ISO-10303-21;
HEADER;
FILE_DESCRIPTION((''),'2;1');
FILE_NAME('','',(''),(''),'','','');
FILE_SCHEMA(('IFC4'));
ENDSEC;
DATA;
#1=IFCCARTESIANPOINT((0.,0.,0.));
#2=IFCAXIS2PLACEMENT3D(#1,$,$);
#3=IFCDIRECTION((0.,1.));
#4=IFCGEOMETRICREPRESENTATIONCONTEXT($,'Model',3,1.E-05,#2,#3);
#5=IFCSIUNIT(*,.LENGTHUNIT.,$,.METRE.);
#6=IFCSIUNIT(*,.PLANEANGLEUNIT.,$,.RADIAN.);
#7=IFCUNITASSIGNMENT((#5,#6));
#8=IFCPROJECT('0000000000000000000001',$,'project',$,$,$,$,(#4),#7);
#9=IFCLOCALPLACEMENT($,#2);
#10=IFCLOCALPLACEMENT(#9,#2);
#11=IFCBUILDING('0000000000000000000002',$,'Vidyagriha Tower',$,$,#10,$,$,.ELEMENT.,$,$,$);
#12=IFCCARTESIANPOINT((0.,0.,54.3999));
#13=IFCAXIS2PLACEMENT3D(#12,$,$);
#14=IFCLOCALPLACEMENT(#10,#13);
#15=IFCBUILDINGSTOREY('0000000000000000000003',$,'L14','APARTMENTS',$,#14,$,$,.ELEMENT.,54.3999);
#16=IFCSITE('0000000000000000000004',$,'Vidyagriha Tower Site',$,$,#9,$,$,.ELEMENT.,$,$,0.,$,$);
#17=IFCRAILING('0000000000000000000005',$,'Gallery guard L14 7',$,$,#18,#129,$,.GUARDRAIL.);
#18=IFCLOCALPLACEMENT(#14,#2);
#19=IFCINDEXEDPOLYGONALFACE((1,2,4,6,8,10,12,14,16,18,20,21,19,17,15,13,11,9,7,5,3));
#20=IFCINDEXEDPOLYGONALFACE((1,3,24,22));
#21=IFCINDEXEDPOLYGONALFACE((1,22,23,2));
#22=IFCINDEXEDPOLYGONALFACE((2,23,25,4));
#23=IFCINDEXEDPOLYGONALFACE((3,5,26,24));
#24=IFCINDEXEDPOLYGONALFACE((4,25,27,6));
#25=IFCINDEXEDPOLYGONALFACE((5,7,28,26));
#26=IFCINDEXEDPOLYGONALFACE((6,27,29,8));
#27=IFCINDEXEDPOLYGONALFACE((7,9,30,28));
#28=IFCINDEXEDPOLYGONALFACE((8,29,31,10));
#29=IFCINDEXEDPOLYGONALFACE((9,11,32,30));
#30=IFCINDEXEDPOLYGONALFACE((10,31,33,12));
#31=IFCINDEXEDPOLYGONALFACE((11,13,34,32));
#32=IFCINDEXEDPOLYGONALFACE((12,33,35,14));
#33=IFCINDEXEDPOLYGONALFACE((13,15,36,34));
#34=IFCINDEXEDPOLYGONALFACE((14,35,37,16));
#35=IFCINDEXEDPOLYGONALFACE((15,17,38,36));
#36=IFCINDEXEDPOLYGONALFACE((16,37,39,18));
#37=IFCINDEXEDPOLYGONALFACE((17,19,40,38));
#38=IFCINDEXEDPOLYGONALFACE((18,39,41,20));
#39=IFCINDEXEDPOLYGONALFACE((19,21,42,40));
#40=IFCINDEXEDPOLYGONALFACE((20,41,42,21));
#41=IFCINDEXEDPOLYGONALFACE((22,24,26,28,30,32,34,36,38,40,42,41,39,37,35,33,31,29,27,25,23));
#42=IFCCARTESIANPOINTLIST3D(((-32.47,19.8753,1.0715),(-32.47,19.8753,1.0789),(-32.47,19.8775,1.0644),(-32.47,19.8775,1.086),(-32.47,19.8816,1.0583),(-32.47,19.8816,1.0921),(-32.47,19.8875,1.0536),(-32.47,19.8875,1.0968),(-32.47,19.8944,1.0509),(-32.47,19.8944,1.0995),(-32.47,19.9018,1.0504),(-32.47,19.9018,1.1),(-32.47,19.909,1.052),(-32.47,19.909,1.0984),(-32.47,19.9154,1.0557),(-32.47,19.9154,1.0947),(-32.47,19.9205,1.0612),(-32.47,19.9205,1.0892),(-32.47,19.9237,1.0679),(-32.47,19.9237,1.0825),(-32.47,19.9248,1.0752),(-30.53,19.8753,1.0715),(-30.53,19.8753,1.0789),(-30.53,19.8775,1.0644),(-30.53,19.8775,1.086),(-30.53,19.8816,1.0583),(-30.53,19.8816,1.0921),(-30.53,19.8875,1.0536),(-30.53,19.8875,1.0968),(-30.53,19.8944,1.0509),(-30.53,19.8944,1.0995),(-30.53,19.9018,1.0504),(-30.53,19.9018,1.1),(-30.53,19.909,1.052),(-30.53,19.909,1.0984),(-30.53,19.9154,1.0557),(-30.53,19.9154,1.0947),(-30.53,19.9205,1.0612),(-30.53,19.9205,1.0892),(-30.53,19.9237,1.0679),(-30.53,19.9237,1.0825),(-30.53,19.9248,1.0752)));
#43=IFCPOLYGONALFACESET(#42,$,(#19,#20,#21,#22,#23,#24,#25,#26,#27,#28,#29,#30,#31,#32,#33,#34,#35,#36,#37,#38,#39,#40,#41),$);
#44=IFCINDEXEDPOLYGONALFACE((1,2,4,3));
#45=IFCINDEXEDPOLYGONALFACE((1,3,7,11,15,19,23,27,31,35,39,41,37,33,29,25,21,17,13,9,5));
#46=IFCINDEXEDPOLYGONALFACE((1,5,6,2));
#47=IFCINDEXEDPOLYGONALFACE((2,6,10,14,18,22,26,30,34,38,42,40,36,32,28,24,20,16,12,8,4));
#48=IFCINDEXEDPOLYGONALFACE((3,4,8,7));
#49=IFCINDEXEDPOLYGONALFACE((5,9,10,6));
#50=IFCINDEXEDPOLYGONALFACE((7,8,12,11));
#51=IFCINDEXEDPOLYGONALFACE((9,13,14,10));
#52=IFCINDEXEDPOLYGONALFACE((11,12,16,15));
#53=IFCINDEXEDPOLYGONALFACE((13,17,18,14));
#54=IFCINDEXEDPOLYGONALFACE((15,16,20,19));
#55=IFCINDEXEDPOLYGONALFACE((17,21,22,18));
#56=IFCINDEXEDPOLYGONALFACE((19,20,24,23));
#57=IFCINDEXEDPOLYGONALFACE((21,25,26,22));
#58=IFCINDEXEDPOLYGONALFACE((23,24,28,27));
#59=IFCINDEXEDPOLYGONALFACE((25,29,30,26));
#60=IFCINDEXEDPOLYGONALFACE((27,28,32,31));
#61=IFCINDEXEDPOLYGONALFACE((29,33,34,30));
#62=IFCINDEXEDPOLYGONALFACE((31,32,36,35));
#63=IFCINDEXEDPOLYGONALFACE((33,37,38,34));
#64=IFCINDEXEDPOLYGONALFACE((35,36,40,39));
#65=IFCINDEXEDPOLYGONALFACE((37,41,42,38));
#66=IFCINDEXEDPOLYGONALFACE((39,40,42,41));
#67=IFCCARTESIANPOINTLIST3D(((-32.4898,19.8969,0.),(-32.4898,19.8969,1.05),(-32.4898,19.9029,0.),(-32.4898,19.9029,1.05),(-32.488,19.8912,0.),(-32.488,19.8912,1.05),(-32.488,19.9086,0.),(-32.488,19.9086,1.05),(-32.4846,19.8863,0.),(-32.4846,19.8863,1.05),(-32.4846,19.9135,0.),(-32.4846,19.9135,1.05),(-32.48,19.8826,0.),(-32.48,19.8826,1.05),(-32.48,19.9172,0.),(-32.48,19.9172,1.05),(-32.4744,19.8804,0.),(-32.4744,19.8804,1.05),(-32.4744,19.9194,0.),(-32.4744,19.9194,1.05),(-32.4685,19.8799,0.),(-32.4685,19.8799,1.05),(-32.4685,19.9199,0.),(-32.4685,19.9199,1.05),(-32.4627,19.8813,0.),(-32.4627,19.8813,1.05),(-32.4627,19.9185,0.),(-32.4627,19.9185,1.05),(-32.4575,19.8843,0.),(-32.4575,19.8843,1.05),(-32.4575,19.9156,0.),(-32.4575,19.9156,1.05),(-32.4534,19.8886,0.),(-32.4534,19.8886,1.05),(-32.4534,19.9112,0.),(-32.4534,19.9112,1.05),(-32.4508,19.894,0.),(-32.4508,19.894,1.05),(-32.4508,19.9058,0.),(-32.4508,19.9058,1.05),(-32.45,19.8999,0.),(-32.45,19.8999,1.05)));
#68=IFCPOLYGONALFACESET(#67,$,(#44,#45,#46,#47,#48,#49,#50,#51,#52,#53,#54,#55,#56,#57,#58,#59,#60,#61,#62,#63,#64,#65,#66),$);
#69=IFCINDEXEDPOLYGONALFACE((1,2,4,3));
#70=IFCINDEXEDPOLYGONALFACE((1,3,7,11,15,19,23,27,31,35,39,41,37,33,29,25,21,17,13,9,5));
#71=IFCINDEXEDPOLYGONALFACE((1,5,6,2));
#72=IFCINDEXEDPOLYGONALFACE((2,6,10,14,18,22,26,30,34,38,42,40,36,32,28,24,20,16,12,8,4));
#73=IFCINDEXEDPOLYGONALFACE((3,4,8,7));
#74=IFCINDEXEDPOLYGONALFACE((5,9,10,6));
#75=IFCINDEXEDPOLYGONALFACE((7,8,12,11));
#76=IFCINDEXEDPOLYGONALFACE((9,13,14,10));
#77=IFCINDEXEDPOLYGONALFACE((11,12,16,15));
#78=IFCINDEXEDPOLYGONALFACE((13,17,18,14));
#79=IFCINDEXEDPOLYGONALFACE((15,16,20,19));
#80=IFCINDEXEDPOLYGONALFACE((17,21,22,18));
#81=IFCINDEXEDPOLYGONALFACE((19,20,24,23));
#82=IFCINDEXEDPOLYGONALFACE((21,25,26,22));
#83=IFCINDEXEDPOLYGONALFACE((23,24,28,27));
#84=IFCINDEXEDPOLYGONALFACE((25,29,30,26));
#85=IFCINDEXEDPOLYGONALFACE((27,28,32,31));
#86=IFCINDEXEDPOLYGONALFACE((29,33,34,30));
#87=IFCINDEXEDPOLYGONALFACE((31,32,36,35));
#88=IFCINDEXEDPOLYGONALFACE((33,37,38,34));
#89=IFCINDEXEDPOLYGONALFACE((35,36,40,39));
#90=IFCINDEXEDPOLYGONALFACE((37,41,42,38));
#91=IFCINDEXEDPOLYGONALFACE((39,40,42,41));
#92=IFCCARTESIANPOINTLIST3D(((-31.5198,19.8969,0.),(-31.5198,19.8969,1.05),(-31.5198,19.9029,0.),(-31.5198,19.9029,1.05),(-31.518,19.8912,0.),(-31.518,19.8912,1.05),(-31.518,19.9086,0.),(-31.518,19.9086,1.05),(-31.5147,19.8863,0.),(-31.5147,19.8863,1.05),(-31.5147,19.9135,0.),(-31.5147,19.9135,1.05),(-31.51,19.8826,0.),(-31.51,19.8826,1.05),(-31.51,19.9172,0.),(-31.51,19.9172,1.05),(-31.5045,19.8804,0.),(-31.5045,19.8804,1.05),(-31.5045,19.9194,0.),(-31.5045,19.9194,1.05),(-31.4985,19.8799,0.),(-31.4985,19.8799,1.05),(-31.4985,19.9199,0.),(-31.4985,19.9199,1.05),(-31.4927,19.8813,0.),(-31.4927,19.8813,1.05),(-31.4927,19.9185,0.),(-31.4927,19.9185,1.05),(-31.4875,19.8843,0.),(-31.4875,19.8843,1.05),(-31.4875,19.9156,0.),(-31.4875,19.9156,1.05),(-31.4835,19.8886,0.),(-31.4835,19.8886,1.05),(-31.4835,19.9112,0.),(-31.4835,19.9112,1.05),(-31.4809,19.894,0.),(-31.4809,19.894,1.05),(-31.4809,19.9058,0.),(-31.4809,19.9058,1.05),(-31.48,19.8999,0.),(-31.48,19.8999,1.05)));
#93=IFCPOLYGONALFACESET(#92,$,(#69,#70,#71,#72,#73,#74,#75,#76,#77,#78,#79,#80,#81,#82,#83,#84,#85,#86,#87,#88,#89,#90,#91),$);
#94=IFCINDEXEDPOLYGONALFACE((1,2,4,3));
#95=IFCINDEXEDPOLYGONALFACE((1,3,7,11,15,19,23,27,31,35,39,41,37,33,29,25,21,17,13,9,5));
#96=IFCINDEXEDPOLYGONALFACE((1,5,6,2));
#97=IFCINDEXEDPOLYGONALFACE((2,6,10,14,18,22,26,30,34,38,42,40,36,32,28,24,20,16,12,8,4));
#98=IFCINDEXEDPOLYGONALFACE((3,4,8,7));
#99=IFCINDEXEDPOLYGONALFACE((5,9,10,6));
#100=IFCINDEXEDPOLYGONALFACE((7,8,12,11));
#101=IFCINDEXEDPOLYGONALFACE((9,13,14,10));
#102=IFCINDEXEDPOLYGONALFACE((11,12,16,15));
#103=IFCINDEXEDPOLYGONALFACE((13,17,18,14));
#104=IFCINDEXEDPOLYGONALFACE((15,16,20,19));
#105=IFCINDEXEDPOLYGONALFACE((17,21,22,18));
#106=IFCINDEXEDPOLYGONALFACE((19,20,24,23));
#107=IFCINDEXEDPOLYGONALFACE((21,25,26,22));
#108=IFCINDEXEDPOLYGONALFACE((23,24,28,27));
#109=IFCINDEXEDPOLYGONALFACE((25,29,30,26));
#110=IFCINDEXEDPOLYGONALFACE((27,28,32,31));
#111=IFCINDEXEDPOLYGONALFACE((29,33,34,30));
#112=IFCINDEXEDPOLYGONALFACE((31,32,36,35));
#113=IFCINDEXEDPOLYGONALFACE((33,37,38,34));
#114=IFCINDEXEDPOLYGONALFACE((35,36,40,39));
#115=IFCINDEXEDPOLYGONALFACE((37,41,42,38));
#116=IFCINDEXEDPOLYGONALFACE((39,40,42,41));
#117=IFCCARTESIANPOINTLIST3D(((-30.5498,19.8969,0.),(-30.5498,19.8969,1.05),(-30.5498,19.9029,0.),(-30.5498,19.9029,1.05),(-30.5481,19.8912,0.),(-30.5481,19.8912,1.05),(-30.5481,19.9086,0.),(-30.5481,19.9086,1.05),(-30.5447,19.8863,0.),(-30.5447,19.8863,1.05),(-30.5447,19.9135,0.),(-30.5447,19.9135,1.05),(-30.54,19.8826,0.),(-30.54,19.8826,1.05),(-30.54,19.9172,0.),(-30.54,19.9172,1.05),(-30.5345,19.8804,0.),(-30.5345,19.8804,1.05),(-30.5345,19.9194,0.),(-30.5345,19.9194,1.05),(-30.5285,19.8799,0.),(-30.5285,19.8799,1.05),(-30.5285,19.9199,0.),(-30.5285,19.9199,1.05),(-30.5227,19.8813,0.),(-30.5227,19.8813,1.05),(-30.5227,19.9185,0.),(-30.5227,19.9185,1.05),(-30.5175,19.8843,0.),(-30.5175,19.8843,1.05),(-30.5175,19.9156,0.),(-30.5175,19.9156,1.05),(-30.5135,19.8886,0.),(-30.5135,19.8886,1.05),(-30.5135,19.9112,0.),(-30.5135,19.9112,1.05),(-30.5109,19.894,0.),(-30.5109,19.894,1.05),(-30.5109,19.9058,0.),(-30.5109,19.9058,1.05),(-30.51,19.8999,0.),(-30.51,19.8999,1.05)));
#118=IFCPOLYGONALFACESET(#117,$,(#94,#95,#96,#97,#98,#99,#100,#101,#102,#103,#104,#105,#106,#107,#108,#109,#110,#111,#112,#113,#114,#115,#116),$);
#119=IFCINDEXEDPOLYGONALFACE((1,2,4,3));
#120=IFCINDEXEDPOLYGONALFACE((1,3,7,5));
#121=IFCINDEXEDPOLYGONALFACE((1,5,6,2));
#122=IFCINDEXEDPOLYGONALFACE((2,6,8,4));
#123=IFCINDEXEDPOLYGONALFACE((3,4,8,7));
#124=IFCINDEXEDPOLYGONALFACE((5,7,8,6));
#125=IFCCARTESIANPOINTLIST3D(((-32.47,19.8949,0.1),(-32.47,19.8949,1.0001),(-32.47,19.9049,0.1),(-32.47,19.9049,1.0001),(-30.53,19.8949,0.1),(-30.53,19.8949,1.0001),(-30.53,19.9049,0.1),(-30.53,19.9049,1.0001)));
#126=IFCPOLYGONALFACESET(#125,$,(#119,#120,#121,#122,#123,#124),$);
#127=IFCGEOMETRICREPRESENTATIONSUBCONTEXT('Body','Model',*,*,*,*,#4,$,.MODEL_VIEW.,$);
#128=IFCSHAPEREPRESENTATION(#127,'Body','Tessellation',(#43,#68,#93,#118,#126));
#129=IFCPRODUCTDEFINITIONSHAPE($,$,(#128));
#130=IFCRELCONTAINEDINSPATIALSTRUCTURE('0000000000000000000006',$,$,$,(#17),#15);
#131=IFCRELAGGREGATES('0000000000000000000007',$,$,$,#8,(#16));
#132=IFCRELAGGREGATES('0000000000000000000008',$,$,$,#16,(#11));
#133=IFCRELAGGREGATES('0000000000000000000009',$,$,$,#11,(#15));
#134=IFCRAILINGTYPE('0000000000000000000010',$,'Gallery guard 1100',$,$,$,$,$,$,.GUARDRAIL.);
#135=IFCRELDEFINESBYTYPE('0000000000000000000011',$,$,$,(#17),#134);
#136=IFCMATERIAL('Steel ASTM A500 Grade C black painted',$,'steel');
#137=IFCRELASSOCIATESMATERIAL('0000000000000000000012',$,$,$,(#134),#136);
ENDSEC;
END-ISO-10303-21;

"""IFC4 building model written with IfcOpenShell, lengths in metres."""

from ifc_helpers import new_model, si_unit, direction, frame, origin, origin_2d, place, context, subcontext, project, spatial, rectangle, circle, extrude, material, type_object, element, save


model = new_model("IFC4")

# Units and contexts
model_context = context("Model", 3, precision=1e-05, world=origin(), true_north=direction((0.0, 1.0)))
body_context = subcontext(model_context, "Body", "Model", "MODEL_VIEW")
ifc_project = project(units=[si_unit("LENGTHUNIT", "METRE"), si_unit("PLANEANGLEUNIT", "RADIAN")], contexts=[model_context])

# Site, building, storey
site_placement = place(None, origin())
site = spatial("IfcSite", under=ifc_project, at=site_placement, Name="Vidyagriha Tower Site", CompositionType="ELEMENT", RefElevation=0.0)
building_placement = place(site_placement, origin())
building = spatial("IfcBuilding", under=site, at=building_placement, Name="Vidyagriha Tower", CompositionType="ELEMENT")
storey_placement = place(building_placement, frame((0.0, 0.0, 54.3999)))
storey = spatial("IfcBuildingStorey", under=building, at=storey_placement, Name="L14", Description="APARTMENTS", CompositionType="ELEMENT", Elevation=54.3999)

# Railing
ifc_material_1 = material(Name="Steel ASTM A500 Grade C black painted", Category="steel")
railing_type = type_object("IfcRailingType", Name="Gallery guard 1100", PredefinedType="GUARDRAIL", material=ifc_material_1)
railing_1_placement = place(storey_placement, frame((-32.47, 19.8999, 0.0)))
element("IfcRailing", 1, at=railing_1_placement, inside=storey, type_object=railing_type, Name="Gallery guard L14 7", PredefinedType="GUARDRAIL", context=body_context, shape_type="SweptSolid", body=[
    extrude(circle(Radius=0.0249, at=origin_2d()), frame((0.0, 0.0, 1.0752), z_axis=(1.0, 0.0, 0.0), x_axis=(0.0, 1.0, 0.0)), (0.0, 0.0, 1.0), 1.9399),
    extrude(circle(Radius=0.02, at=origin_2d()), origin(), (0.0, 0.0, 1.0), 1.05),
    extrude(circle(Radius=0.02, at=origin_2d()), frame((0.97, 0.0, 0.0)), (0.0, 0.0, 1.0), 1.05),
    extrude(circle(Radius=0.02, at=origin_2d()), frame((1.9399, 0.0, 0.0)), (0.0, 0.0, 1.0), 1.05),
    extrude(rectangle(XDim=0.01, YDim=0.9001, at=origin_2d()), frame((0.0, 0.0, 0.55), z_axis=(1.0, 0.0, 0.0), x_axis=(0.0, 1.0, 0.0)), (0.0, 0.0, 1.0), 1.9399),
])

save(model, "model.ifc")
